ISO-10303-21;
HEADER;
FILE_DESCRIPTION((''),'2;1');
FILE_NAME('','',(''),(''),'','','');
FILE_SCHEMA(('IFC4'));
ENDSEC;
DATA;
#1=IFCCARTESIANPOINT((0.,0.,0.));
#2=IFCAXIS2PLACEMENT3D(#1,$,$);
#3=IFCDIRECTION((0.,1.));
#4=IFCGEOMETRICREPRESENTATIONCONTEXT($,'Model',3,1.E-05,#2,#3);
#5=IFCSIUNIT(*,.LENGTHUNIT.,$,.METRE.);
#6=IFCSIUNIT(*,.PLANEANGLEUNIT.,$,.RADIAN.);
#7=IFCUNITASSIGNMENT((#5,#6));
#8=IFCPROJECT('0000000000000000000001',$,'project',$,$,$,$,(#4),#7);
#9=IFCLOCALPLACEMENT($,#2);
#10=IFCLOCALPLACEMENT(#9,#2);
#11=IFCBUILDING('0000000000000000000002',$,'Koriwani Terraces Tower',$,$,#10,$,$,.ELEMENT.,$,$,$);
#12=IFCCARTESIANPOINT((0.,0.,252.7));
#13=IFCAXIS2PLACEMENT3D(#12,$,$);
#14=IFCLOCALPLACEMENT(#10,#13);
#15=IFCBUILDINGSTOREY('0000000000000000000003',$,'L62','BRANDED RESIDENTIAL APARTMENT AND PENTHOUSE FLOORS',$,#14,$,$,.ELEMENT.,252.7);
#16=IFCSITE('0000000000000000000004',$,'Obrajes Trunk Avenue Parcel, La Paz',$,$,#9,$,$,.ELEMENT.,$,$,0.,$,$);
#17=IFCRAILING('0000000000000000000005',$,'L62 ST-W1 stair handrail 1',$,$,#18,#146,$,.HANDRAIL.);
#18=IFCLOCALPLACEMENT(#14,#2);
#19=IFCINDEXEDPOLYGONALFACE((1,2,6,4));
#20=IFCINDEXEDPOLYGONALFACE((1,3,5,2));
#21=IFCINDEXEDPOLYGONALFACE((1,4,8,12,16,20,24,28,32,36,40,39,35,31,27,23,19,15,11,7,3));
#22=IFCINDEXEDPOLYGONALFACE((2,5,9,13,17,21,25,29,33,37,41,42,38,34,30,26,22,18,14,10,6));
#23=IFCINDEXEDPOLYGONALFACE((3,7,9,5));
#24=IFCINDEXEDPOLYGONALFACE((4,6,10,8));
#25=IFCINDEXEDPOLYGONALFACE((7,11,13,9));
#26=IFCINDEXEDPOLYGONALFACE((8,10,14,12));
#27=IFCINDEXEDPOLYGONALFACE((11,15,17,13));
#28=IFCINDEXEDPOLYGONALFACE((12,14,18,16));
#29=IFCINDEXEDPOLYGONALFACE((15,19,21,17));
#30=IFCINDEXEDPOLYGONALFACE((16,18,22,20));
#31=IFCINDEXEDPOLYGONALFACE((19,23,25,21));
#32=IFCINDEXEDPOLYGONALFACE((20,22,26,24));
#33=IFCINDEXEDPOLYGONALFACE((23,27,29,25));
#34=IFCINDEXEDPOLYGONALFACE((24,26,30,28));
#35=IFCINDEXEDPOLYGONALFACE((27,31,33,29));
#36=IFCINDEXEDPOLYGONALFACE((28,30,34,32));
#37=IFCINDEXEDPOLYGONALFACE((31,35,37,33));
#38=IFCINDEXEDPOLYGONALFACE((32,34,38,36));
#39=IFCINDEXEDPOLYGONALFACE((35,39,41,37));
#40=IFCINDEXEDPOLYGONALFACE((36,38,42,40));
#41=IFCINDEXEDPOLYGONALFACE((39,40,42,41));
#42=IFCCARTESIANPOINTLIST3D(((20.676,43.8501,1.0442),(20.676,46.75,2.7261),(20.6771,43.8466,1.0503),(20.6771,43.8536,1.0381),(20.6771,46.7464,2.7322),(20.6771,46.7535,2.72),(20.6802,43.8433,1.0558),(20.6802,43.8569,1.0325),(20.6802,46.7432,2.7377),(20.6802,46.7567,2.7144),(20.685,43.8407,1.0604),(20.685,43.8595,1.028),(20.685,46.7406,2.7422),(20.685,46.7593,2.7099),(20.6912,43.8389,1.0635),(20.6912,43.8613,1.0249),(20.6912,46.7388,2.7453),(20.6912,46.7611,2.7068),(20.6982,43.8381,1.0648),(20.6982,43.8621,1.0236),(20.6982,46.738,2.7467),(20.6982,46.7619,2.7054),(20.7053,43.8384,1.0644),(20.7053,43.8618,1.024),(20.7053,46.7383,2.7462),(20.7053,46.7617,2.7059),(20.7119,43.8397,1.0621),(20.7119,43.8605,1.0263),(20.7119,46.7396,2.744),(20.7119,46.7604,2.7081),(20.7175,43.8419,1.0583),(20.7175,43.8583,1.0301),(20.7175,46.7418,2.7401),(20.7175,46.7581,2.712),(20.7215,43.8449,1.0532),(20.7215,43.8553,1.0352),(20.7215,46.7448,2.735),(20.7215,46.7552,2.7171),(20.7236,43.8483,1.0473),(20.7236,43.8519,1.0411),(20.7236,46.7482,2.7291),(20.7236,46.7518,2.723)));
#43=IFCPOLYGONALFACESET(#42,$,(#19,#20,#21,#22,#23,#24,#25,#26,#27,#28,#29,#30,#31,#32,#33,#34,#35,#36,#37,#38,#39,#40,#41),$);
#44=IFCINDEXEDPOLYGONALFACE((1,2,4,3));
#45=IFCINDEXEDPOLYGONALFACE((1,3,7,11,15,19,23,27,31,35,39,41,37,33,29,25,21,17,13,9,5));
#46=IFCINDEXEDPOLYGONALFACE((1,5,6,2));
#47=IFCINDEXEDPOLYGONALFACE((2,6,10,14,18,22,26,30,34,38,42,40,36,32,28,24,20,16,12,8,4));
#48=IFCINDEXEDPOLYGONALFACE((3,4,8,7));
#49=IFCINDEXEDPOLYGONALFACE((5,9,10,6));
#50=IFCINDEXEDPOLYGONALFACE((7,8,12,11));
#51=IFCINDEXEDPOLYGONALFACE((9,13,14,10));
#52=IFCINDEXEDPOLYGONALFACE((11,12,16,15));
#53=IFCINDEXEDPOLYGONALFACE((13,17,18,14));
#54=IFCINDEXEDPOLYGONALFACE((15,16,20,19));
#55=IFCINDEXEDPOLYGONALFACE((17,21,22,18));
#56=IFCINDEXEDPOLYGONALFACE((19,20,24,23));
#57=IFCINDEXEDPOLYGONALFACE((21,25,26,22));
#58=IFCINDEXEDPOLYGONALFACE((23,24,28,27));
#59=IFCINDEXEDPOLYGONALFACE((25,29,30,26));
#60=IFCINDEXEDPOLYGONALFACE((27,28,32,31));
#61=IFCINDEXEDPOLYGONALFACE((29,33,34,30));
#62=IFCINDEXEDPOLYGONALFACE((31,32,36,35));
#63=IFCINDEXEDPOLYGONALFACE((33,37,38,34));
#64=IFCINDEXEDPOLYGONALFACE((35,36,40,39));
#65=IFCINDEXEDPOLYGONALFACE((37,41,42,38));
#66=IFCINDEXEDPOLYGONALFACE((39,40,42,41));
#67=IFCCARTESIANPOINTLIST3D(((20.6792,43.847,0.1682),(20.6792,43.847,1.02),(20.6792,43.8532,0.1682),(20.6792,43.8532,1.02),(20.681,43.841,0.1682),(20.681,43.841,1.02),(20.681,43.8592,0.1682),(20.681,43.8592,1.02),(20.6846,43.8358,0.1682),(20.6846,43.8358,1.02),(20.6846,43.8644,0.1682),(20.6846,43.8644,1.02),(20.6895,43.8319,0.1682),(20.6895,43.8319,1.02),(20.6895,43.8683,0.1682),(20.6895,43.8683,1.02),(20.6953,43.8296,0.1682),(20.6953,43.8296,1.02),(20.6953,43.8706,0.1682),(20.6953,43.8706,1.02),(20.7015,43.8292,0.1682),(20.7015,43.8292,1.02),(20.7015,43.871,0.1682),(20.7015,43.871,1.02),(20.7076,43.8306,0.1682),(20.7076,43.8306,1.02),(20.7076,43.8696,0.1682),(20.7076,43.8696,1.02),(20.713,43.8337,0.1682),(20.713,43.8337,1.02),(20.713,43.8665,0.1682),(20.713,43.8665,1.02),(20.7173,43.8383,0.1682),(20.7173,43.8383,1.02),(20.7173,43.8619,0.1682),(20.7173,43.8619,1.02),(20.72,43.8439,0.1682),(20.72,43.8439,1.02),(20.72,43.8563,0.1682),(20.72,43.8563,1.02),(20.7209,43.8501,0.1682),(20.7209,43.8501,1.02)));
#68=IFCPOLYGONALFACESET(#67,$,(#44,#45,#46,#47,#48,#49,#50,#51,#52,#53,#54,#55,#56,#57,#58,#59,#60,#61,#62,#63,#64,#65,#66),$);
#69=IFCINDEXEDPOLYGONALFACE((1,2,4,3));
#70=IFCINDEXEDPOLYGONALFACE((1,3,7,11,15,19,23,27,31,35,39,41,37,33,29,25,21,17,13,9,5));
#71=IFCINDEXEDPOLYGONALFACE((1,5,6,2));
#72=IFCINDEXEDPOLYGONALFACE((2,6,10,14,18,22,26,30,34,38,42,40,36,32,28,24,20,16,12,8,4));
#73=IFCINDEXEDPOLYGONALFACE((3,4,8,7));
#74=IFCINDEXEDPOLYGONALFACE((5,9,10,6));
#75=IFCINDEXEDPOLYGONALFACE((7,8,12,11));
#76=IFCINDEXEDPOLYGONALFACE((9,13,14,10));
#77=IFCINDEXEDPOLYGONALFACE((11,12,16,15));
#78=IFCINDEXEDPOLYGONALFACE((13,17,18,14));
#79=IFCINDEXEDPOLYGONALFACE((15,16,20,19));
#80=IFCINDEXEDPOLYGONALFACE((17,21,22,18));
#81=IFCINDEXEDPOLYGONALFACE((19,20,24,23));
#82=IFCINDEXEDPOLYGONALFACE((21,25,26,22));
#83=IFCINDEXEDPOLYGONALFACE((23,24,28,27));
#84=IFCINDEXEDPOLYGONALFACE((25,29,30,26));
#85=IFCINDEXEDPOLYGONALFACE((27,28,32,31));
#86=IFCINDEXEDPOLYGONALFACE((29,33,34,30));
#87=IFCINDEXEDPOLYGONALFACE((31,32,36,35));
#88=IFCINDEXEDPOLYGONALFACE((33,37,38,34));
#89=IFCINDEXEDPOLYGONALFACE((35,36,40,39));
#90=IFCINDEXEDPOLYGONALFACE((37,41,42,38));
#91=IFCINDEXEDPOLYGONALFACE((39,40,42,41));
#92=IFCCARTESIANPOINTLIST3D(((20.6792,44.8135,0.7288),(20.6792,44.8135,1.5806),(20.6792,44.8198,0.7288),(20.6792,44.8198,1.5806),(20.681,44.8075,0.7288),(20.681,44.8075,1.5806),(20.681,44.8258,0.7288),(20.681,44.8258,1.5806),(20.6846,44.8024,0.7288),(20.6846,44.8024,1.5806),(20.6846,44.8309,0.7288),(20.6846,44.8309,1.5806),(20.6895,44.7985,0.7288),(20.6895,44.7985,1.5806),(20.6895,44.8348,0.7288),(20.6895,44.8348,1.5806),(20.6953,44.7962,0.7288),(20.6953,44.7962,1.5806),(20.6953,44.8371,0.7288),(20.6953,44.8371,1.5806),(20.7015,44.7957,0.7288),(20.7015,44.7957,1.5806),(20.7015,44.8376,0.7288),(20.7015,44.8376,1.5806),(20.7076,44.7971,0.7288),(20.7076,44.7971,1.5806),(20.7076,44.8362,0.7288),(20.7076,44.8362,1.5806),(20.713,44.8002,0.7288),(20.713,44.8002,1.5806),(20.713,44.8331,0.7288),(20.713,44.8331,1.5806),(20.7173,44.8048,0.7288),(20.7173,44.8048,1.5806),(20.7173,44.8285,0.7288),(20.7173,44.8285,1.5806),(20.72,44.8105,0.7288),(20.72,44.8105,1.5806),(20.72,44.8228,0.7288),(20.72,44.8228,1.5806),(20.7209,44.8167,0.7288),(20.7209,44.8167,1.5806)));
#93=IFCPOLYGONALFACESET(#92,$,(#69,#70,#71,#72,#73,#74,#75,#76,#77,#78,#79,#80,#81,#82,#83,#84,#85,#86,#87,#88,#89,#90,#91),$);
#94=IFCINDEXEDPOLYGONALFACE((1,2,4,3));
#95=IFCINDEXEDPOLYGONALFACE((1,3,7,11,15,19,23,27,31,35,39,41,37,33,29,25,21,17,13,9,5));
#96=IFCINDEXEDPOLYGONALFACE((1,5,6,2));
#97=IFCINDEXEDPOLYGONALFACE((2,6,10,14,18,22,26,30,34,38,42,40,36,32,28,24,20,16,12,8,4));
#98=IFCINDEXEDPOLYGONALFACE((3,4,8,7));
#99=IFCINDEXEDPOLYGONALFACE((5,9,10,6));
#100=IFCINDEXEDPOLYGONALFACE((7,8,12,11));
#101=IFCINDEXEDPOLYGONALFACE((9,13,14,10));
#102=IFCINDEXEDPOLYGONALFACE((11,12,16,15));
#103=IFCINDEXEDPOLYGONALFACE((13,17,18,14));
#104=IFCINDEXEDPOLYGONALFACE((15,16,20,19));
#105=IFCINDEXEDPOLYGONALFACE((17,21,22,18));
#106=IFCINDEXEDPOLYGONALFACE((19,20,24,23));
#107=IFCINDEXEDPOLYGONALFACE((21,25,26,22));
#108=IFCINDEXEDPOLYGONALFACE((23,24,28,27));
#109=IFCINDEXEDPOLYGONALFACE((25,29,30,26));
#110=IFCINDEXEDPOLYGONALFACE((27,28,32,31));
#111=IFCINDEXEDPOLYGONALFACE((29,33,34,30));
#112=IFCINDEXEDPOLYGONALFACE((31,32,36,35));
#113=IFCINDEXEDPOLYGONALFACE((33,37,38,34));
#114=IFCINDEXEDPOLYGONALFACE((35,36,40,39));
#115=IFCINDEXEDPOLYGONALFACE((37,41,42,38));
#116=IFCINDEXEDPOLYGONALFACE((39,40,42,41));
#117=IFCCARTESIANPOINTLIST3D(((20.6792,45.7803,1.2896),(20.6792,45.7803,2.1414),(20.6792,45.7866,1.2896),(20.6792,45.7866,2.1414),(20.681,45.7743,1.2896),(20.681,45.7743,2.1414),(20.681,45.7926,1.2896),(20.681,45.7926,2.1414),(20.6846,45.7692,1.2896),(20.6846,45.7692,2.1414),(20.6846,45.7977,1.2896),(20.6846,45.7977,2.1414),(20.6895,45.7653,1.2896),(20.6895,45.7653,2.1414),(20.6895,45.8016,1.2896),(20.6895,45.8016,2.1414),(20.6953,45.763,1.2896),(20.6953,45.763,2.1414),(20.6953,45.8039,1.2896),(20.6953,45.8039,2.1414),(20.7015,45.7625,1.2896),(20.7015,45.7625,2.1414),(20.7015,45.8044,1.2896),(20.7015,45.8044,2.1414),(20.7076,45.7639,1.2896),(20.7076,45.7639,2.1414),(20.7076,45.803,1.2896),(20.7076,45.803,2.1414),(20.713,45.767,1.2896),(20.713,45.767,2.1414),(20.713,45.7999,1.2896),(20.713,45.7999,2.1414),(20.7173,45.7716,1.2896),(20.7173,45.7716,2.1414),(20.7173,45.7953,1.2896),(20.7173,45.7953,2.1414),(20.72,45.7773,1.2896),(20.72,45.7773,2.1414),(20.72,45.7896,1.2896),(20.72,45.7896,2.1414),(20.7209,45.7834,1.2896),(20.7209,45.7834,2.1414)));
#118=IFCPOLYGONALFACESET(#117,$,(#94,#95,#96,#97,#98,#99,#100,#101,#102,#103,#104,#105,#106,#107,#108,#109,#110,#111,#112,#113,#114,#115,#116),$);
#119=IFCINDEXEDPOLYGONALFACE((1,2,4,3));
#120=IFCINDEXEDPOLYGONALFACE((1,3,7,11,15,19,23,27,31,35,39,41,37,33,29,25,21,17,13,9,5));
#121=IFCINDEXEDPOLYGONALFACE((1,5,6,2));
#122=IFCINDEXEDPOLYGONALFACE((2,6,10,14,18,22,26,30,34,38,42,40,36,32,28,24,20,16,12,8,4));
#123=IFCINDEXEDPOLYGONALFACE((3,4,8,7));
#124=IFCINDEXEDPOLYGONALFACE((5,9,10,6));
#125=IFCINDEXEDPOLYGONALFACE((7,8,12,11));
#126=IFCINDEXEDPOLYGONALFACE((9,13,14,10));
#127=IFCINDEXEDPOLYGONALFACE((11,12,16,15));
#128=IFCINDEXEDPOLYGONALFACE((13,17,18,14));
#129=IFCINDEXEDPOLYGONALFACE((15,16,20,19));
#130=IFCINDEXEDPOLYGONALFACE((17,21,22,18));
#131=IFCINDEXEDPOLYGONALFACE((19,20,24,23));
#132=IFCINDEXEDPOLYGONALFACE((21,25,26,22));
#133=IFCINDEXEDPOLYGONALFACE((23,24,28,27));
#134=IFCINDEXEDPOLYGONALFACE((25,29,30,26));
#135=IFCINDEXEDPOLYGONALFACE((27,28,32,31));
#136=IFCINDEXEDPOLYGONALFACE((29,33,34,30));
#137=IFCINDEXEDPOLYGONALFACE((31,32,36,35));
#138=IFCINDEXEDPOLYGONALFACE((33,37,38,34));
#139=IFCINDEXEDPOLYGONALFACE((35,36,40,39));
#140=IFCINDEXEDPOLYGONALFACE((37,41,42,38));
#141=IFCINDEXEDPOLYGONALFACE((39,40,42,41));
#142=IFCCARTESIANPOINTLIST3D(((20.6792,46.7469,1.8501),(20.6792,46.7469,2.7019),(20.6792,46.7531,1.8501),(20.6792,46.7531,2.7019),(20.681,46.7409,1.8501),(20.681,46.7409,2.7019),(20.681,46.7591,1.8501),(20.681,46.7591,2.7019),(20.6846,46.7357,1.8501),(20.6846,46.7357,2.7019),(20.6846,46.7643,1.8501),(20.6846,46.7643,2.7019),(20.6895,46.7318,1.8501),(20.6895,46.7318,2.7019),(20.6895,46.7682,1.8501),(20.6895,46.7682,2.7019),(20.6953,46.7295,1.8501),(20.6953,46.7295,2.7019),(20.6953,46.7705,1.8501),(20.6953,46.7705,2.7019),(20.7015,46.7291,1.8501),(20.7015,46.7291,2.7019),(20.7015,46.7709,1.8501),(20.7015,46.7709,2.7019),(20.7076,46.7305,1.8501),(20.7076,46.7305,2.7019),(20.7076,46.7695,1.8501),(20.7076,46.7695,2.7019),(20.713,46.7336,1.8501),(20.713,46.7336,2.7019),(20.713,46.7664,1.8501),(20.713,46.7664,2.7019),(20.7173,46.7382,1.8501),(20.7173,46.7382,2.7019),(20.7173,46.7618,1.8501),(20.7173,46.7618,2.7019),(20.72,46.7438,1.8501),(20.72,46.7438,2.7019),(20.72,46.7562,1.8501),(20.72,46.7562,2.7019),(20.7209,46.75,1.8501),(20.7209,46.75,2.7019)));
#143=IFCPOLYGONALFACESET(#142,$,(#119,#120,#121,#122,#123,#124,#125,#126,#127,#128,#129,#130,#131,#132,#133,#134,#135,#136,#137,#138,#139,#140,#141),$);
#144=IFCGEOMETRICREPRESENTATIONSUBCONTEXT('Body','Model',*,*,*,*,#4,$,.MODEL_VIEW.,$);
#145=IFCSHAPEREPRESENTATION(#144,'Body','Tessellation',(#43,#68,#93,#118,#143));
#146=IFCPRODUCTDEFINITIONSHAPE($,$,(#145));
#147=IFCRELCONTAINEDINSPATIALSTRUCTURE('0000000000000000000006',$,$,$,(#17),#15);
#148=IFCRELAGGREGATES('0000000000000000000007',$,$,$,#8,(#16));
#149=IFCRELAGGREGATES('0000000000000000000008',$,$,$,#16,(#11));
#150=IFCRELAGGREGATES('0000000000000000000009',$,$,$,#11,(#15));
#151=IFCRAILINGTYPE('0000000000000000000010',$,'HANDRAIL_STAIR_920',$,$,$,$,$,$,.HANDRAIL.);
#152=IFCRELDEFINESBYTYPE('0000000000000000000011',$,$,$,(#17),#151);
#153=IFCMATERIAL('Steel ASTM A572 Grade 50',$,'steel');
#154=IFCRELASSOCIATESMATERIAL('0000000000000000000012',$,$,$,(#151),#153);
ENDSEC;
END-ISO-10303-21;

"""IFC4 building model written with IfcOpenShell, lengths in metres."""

from ifc_helpers import new_model, si_unit, direction, frame, origin, origin_2d, place, context, subcontext, project, spatial, circle, extrude, material, type_object, element, save


model = new_model("IFC4")

# Units and contexts
model_context = context("Model", 3, precision=1e-05, world=origin(), true_north=direction((0.0, 1.0)))
body_context = subcontext(model_context, "Body", "Model", "MODEL_VIEW")
ifc_project = project(units=[si_unit("LENGTHUNIT", "METRE"), si_unit("PLANEANGLEUNIT", "RADIAN")], contexts=[model_context])

# Site, building, storey
site_placement = place(None, origin())
site = spatial("IfcSite", under=ifc_project, at=site_placement, Name="Obrajes Trunk Avenue Parcel, La Paz", CompositionType="ELEMENT", RefElevation=0.0)
building_placement = place(site_placement, origin())
building = spatial("IfcBuilding", under=site, at=building_placement, Name="Koriwani Terraces Tower", CompositionType="ELEMENT")
storey_placement = place(building_placement, frame((0.0, 0.0, 252.7)))
storey = spatial("IfcBuildingStorey", under=building, at=storey_placement, Name="L62", Description="BRANDED RESIDENTIAL APARTMENT AND PENTHOUSE FLOORS", CompositionType="ELEMENT", Elevation=252.7)

# Shared definitions
ifc_material_1 = material(Name="Steel ASTM A572 Grade 50", Category="steel")

# Railing
railing_type_1 = type_object("IfcRailingType", Name="HANDRAIL_STAIR_920", PredefinedType="HANDRAIL", material=ifc_material_1)
railing_1_placement = place(storey_placement, frame((20.7, 43.8501, 0.1682)))
element("IfcRailing", 1, at=railing_1_placement, inside=storey, type_object=railing_type_1, Name="L62 ST-W1 stair handrail 1", PredefinedType="HANDRAIL", context=body_context, shape_type="SweptSolid", body=[
    extrude(circle(Radius=0.0239, at=origin_2d()), frame((0.0, 0.0, 0.876), z_axis=(0.0, 0.865039, 0.501705), x_axis=(-1.0, 0.0, 0.0)), (0.0, 0.0, 1.0), 3.3523),
    extrude(circle(Radius=0.021, at=origin_2d()), origin(), (0.0, 0.0, 1.0), 0.8518),
    extrude(circle(Radius=0.021, at=origin_2d()), frame((0.0, 0.9666, 0.5605)), (0.0, 0.0, 1.0), 0.8518),
    extrude(circle(Radius=0.021, at=origin_2d()), frame((0.0, 1.9333, 1.1213)), (0.0, 0.0, 1.0), 0.8518),
    extrude(circle(Radius=0.021, at=origin_2d()), frame((0.0, 2.8999, 1.6819)), (0.0, 0.0, 1.0), 0.8518),
])

save(model, "model.ifc")
